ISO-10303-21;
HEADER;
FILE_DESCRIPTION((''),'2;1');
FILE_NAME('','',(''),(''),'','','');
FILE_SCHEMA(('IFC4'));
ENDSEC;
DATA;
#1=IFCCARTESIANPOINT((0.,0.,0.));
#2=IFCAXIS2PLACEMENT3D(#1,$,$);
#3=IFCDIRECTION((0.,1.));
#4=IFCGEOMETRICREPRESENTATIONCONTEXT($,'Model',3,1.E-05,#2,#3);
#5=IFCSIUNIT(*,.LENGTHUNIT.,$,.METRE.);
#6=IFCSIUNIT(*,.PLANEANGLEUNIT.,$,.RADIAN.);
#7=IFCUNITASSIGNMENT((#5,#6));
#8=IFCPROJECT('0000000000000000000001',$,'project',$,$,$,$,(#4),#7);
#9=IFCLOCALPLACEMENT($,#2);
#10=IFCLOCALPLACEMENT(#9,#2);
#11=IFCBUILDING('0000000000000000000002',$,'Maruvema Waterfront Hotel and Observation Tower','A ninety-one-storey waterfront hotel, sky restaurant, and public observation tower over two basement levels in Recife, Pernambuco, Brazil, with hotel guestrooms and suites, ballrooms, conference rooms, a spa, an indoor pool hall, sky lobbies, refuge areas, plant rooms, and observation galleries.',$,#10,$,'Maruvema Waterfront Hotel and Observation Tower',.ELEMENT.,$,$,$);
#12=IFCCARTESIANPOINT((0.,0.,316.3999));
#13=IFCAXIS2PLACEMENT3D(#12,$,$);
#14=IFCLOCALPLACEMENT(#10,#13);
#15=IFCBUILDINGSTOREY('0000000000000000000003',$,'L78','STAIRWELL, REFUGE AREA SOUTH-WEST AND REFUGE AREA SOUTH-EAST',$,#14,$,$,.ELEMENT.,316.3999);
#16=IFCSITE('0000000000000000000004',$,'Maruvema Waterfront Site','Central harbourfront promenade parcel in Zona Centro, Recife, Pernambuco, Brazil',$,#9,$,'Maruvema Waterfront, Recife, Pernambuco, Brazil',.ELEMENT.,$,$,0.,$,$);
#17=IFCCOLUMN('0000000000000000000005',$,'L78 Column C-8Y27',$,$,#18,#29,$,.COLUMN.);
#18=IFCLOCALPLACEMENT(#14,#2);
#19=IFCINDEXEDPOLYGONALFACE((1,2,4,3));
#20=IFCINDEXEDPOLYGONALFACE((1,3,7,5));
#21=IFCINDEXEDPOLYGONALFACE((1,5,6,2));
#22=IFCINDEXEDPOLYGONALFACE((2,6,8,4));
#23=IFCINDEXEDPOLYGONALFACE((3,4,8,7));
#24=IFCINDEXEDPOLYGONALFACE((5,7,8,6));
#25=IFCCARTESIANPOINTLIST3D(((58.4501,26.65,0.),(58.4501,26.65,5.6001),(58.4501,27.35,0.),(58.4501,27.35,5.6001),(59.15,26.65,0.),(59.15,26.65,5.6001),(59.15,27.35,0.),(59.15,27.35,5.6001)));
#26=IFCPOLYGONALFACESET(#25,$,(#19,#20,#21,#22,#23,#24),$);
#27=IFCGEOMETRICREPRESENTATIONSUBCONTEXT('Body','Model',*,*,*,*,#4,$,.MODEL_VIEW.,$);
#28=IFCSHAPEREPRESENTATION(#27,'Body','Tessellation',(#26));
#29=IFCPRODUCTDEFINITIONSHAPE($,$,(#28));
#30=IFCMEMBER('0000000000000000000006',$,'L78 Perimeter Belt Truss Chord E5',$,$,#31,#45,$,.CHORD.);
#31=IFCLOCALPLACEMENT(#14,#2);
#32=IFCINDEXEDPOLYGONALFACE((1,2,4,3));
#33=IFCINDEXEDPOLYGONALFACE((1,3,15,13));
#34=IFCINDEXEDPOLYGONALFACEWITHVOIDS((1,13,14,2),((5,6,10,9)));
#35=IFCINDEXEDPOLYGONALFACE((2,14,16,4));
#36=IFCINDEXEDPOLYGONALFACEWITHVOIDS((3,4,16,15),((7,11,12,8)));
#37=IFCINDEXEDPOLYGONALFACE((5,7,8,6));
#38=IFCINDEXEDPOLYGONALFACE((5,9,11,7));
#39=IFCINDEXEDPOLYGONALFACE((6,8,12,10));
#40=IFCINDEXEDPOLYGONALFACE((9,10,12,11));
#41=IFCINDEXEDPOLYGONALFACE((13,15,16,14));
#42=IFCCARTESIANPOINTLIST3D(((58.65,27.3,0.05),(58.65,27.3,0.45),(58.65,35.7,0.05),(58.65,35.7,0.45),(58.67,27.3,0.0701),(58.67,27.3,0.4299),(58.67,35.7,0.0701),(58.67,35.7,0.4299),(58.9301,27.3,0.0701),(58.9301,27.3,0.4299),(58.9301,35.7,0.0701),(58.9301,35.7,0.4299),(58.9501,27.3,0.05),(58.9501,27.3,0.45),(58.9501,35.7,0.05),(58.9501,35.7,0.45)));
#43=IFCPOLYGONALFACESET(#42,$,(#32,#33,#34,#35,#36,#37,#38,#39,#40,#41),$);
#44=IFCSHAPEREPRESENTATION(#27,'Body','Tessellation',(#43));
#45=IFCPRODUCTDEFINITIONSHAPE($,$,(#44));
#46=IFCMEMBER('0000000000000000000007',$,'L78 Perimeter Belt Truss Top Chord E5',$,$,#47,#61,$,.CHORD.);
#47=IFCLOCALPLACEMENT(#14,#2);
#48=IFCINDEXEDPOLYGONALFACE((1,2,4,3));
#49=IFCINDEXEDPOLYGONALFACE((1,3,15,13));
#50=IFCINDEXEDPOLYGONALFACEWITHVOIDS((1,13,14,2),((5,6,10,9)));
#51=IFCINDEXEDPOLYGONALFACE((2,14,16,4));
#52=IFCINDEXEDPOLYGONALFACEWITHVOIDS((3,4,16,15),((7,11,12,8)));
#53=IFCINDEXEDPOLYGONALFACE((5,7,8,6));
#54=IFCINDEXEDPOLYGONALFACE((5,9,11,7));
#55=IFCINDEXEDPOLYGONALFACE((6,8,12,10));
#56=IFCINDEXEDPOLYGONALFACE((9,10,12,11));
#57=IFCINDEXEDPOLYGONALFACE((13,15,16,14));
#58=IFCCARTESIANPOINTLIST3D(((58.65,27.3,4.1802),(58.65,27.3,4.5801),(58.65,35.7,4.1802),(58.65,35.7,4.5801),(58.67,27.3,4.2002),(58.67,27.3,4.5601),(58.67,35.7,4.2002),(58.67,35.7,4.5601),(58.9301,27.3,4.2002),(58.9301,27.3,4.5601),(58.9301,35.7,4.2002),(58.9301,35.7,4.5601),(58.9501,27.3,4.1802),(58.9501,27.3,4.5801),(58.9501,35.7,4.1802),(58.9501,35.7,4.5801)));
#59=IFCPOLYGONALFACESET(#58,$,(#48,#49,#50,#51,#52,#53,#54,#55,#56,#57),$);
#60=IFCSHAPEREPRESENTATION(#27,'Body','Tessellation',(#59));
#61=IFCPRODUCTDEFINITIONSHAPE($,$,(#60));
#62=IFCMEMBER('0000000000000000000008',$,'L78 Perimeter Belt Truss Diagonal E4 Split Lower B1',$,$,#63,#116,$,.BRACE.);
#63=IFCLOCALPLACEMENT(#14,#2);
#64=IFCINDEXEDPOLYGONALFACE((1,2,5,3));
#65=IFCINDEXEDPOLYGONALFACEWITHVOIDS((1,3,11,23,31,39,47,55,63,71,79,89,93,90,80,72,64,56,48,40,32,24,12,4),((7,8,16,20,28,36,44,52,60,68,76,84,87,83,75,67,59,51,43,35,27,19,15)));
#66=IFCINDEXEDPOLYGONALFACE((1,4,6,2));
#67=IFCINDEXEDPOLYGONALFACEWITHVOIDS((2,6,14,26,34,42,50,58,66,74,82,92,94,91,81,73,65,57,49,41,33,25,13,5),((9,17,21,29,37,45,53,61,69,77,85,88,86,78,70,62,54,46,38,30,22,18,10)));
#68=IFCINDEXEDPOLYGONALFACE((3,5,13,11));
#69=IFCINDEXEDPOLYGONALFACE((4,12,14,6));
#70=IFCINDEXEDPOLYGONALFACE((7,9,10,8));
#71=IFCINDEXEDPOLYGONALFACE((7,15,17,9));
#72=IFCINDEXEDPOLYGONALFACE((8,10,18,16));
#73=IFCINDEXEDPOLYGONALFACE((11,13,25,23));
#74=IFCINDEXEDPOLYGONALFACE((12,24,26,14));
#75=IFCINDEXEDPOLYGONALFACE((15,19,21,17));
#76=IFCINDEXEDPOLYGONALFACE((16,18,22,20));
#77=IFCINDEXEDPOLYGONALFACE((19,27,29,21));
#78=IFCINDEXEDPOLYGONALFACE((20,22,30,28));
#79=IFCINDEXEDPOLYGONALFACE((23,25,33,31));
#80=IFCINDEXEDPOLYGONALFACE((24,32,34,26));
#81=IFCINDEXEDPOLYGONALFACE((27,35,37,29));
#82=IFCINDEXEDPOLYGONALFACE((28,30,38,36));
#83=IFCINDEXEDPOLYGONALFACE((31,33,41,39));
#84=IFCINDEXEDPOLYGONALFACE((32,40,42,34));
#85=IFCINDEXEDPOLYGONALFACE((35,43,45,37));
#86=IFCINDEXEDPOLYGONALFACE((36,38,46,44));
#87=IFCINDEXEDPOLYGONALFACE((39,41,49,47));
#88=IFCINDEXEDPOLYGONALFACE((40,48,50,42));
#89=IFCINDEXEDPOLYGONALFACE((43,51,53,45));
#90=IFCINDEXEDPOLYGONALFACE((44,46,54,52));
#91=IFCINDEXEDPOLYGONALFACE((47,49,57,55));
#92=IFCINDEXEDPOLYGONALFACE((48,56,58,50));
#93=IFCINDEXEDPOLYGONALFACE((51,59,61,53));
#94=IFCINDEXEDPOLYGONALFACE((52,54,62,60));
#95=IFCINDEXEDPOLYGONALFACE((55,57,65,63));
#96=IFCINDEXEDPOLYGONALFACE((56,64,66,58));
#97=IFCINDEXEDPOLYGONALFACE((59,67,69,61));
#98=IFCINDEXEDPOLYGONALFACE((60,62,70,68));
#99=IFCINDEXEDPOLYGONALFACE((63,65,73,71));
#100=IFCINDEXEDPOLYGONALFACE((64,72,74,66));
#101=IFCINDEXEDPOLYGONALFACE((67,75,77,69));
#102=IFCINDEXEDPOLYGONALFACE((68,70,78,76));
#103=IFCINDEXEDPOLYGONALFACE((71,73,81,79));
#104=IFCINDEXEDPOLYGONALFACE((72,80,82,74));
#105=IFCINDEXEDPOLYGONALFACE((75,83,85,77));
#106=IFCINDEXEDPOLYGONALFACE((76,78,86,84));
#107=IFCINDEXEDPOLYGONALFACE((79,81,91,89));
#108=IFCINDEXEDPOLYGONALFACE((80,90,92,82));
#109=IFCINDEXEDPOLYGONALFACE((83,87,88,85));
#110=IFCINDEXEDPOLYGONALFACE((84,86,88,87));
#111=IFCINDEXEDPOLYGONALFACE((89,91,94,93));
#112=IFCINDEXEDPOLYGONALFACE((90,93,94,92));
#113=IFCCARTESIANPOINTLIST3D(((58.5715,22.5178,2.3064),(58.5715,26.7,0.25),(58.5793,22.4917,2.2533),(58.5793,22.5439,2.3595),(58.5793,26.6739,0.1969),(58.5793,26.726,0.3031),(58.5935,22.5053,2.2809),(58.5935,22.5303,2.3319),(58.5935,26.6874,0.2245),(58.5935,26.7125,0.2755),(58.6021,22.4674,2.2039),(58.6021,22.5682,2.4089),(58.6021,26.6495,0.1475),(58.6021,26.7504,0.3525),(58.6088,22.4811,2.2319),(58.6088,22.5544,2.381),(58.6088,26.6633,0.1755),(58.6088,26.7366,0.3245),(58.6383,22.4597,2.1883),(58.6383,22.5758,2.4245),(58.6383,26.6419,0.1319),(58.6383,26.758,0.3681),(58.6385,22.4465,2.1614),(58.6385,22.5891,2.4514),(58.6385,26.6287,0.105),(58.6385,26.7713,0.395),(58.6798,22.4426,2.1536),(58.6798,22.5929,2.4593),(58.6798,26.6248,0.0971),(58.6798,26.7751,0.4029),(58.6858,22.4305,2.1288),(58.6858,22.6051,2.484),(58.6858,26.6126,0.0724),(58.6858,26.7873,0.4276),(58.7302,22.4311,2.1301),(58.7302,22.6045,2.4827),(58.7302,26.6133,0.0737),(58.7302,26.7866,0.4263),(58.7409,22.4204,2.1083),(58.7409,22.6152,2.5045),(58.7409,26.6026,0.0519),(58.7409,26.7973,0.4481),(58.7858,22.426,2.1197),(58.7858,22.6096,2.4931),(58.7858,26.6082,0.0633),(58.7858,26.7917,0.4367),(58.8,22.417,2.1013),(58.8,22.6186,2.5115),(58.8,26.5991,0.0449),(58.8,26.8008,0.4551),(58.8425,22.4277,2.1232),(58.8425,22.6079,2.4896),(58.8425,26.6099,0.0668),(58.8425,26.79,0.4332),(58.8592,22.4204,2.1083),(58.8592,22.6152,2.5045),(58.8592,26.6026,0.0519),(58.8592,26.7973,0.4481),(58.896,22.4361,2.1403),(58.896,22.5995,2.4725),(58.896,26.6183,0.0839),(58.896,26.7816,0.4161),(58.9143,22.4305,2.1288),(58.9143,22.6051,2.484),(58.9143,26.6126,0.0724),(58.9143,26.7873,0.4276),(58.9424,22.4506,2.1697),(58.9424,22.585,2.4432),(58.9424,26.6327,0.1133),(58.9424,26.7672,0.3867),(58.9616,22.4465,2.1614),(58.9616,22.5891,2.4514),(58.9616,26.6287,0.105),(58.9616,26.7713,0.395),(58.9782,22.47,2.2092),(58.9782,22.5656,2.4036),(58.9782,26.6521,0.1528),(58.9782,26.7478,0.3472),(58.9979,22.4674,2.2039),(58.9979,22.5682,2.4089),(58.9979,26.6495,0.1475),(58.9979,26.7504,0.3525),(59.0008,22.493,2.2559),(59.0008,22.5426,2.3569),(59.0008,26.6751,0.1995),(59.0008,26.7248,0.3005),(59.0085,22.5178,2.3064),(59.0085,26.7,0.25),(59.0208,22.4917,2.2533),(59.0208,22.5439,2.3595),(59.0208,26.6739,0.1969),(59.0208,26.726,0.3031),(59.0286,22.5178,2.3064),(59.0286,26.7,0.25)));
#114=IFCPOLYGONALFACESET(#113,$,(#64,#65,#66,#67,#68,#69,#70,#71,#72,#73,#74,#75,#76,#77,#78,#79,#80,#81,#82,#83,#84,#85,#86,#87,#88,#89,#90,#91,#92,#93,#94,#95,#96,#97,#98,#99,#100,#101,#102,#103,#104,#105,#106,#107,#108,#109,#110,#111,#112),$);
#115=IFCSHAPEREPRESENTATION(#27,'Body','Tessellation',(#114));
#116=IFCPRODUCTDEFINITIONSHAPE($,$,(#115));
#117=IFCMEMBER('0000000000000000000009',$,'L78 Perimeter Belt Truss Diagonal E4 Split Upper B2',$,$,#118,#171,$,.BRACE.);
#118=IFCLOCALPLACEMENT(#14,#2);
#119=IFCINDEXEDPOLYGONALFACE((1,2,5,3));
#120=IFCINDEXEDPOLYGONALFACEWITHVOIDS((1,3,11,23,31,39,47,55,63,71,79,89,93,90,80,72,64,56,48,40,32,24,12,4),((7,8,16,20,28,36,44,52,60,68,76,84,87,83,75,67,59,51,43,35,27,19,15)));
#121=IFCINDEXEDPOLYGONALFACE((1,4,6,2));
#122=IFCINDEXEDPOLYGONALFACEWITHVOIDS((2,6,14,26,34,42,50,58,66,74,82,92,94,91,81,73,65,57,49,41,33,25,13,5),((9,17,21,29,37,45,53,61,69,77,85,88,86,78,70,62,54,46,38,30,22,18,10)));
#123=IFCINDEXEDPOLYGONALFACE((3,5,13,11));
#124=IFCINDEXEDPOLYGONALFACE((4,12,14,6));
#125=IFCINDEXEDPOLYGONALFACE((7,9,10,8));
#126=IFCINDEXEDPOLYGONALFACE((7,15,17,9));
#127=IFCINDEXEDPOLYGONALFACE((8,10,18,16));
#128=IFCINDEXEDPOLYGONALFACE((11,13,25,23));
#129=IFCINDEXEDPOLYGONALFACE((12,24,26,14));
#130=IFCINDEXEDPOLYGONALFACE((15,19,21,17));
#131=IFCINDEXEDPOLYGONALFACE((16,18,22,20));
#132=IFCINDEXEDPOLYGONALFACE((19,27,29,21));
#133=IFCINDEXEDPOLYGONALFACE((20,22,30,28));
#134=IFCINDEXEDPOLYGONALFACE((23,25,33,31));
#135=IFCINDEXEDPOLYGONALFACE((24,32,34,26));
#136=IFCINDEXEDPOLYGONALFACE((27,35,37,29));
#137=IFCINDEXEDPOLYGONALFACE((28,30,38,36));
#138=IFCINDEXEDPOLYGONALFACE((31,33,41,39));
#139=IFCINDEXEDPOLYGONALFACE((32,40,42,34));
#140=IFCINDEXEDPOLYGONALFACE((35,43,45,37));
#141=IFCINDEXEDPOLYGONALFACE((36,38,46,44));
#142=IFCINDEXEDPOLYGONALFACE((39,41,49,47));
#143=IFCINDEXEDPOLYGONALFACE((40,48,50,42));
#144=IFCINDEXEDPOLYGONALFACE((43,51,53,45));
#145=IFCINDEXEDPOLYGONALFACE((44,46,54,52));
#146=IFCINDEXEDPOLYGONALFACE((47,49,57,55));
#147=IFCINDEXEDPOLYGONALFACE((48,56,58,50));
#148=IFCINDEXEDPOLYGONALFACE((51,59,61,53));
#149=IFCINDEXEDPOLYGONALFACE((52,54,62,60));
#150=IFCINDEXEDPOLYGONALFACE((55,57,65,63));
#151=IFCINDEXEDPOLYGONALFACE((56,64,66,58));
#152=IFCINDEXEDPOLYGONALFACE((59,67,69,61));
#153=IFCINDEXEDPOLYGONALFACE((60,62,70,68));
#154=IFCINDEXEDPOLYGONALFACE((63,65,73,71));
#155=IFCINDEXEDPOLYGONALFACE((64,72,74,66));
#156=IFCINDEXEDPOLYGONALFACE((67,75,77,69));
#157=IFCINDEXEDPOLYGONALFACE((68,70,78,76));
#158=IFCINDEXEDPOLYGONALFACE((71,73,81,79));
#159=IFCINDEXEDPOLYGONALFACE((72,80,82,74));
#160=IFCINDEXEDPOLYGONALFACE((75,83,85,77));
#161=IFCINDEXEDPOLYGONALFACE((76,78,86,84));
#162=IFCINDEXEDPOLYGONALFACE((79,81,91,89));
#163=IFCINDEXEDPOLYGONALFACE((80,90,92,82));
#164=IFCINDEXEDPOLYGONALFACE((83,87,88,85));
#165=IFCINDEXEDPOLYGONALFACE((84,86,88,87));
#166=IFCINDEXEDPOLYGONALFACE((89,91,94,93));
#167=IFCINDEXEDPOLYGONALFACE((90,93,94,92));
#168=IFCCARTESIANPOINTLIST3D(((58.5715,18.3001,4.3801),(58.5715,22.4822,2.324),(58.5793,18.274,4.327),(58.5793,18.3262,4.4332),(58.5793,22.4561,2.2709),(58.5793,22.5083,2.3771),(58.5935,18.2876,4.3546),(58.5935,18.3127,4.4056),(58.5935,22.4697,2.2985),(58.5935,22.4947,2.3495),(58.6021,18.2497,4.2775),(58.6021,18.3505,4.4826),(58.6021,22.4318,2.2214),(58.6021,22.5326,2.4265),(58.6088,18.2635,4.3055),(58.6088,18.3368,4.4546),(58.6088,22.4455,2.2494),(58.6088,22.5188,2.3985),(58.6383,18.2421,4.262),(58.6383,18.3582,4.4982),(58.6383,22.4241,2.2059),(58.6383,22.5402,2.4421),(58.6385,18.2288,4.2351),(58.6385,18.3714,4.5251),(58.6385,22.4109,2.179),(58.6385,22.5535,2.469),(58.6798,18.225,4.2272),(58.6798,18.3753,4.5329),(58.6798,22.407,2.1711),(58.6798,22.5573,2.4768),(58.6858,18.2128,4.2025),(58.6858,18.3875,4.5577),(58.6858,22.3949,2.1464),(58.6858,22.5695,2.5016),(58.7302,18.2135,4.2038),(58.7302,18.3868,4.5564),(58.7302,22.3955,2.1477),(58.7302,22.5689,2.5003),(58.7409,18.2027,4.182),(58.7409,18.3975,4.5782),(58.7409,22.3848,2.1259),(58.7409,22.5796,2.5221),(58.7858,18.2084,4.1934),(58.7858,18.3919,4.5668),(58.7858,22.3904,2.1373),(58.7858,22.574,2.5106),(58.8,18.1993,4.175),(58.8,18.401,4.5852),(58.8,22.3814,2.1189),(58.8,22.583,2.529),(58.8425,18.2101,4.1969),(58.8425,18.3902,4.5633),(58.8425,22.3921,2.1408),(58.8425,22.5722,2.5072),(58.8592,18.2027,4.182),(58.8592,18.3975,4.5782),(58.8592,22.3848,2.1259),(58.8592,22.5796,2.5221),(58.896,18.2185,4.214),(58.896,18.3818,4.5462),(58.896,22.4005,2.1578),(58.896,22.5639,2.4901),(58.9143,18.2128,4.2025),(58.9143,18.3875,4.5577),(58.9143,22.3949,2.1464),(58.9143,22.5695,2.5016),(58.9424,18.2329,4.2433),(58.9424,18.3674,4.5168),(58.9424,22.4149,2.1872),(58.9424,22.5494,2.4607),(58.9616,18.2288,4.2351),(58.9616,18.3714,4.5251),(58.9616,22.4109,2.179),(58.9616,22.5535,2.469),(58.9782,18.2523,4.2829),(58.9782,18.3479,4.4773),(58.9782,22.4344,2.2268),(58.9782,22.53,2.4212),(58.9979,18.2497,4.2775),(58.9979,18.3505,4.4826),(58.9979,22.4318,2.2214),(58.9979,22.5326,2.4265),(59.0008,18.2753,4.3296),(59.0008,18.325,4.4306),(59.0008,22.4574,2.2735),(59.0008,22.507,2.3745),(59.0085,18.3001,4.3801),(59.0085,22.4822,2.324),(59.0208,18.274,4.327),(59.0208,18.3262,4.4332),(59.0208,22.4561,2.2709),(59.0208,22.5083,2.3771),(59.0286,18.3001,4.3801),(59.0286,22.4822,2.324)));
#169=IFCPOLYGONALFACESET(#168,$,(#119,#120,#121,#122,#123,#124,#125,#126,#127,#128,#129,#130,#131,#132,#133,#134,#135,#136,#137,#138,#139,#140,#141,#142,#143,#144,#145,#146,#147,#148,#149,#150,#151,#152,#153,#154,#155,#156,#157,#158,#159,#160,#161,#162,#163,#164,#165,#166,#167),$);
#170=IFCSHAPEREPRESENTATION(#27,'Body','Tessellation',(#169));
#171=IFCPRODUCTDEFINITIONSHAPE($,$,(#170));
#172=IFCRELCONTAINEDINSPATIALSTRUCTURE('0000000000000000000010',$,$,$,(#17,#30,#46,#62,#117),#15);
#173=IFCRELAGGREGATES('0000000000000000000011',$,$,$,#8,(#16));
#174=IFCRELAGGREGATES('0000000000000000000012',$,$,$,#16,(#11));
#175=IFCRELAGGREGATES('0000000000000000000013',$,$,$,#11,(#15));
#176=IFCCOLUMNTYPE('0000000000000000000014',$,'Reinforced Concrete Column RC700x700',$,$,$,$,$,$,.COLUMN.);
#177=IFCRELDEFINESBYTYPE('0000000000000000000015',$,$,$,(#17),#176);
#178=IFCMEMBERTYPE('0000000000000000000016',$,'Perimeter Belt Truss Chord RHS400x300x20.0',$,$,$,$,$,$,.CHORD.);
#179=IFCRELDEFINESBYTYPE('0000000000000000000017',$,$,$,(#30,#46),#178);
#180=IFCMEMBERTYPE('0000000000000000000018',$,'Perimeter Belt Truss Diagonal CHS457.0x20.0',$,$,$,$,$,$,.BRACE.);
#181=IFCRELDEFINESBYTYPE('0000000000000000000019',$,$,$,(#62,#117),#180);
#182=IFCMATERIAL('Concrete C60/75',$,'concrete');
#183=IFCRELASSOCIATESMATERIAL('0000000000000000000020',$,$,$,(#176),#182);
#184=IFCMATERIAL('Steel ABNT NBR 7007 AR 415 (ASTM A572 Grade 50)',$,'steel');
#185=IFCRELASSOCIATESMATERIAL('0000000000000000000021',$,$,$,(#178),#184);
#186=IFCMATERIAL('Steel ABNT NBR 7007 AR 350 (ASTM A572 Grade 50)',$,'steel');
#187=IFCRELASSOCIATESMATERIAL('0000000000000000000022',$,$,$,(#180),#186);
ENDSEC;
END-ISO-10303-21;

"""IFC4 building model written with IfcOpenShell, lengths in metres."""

from ifc_helpers import new_model, si_unit, direction, frame, origin, origin_2d, place, context, subcontext, project, spatial, rectangle, hollow_rectangle, hollow_circle, extrude, material, material_profile, profile_set, type_object, element, save


model = new_model("IFC4")

# Units and contexts
model_context = context("Model", 3, precision=1e-05, world=origin(), true_north=direction((0.0, 1.0)))
body_context = subcontext(model_context, "Body", "Model", "MODEL_VIEW")
ifc_project = project(units=[si_unit("LENGTHUNIT", "METRE"), si_unit("PLANEANGLEUNIT", "RADIAN")], contexts=[model_context])

# Site, building, storey
site_placement = place(None, origin())
site = spatial("IfcSite", under=ifc_project, at=site_placement, Name="Maruvema Waterfront Site", Description="Central harbourfront promenade parcel in Zona Centro, Recife, Pernambuco, Brazil", LongName="Maruvema Waterfront, Recife, Pernambuco, Brazil", CompositionType="ELEMENT", RefElevation=0.0)
building_placement = place(site_placement, origin())
building = spatial("IfcBuilding", under=site, at=building_placement, Name="Maruvema Waterfront Hotel and Observation Tower", Description="A ninety-one-storey waterfront hotel, sky restaurant, and public observation tower over two basement levels in Recife, Pernambuco, Brazil, with hotel guestrooms and suites, ballrooms, conference rooms, a spa, an indoor pool hall, sky lobbies, refuge areas, plant rooms, and observation galleries.", LongName="Maruvema Waterfront Hotel and Observation Tower", CompositionType="ELEMENT")
storey_placement = place(building_placement, frame((0.0, 0.0, 316.3999)))
storey = spatial("IfcBuildingStorey", under=building, at=storey_placement, Name="L78", Description="STAIRWELL, REFUGE AREA SOUTH-WEST AND REFUGE AREA SOUTH-EAST", CompositionType="ELEMENT", Elevation=316.3999)

# Column
ifc_material_1 = material(Name="Concrete C60/75", Category="concrete")
ifc_material_profile_1 = material_profile(ifc_material_1, rectangle(XDim=0.7, YDim=0.7, at=origin_2d()), Name="RC700x700")
ifc_profile_set_1 = profile_set([ifc_material_profile_1], Name="Concrete C60/75")
column_type = type_object("IfcColumnType", Name="Reinforced Concrete Column RC700x700", PredefinedType="COLUMN", material=ifc_profile_set_1)
column_placement = place(storey_placement, frame((58.8, 27.0, 0.0), z_axis=(0.0, 0.0, 1.0), x_axis=(1.0, 0.0, 0.0)))
element("IfcColumn", 1, at=column_placement, inside=storey, type_object=column_type, Name="L78 Column C-8Y27", PredefinedType="COLUMN", context=body_context, shape_type="SweptSolid", body=[
    extrude(rectangle(XDim=0.7, YDim=0.7, at=origin_2d()), origin(), (0.0, 0.0, 1.0), 5.6001),
])

# Members
ifc_material_2 = material(Name="Steel ABNT NBR 7007 AR 415 (ASTM A572 Grade 50)", Category="steel")
ifc_material_profile_2 = material_profile(ifc_material_2, hollow_rectangle(XDim=0.3, YDim=0.3999, WallThickness=0.02, at=origin_2d()), Name="RHS400x300x20.0")
ifc_profile_set_2 = profile_set([ifc_material_profile_2], Name="Steel ABNT NBR 7007 AR 415 (ASTM A572 Grade 50)")
member_type_1 = type_object("IfcMemberType", Name="Perimeter Belt Truss Chord RHS400x300x20.0", PredefinedType="CHORD", material=ifc_profile_set_2)
for number, where, z_axis, x_axis, name in (
    (2, (58.8, 27.3, 0.25), (0.0, 1.0, 0.0), (-1.0, 0.0, 0.0), "L78 Perimeter Belt Truss Chord E5"),
    (3, (58.8, 27.3, 4.3801), (0.0, 1.0, 0.0), (-1.0, 0.0, 0.0), "L78 Perimeter Belt Truss Top Chord E5"),
):
    element("IfcMember", number, at=place(storey_placement, frame(where, z_axis=z_axis, x_axis=x_axis)), inside=storey, type_object=member_type_1, Name=name, PredefinedType="CHORD", context=body_context, shape_type="SweptSolid", body=[
        extrude(hollow_rectangle(XDim=0.3, YDim=0.3999, WallThickness=0.02, at=origin_2d()), origin(), (0.0, 0.0, 1.0), 8.3999),
    ])
ifc_material_3 = material(Name="Steel ABNT NBR 7007 AR 350 (ASTM A572 Grade 50)", Category="steel")
ifc_material_profile_3 = material_profile(ifc_material_3, hollow_circle(Radius=0.2285, WallThickness=0.02, at=origin_2d()), Name="CHS457.0x20.0")
ifc_profile_set_3 = profile_set([ifc_material_profile_3], Name="Steel ABNT NBR 7007 AR 350 (ASTM A572 Grade 50)")
member_type_2 = type_object("IfcMemberType", Name="Perimeter Belt Truss Diagonal CHS457.0x20.0", PredefinedType="BRACE", material=ifc_profile_set_3)
member_1_placement = place(storey_placement, frame((58.8, 26.7, 0.25), z_axis=(0.0, -0.897383, 0.441253), x_axis=(1.0, 0.0, 0.0)))
element("IfcMember", 4, at=member_1_placement, inside=storey, type_object=member_type_2, Name="L78 Perimeter Belt Truss Diagonal E4 Split Lower B1", PredefinedType="BRACE", context=body_context, shape_type="SweptSolid", body=[
    extrude(hollow_circle(Radius=0.2285, WallThickness=0.02, at=origin_2d()), origin(), (0.0, 0.0, 1.0), 4.6604),
])
member_2_placement = place(storey_placement, frame((58.8, 22.4822, 2.324), z_axis=(0.0, -0.897404, 0.44121), x_axis=(1.0, 0.0, 0.0)))
element("IfcMember", 5, at=member_2_placement, inside=storey, type_object=member_type_2, Name="L78 Perimeter Belt Truss Diagonal E4 Split Upper B2", PredefinedType="BRACE", context=body_context, shape_type="SweptSolid", body=[
    extrude(hollow_circle(Radius=0.2285, WallThickness=0.02, at=origin_2d()), origin(), (0.0, 0.0, 1.0), 4.6602),
])

save(model, "model.ifc")
